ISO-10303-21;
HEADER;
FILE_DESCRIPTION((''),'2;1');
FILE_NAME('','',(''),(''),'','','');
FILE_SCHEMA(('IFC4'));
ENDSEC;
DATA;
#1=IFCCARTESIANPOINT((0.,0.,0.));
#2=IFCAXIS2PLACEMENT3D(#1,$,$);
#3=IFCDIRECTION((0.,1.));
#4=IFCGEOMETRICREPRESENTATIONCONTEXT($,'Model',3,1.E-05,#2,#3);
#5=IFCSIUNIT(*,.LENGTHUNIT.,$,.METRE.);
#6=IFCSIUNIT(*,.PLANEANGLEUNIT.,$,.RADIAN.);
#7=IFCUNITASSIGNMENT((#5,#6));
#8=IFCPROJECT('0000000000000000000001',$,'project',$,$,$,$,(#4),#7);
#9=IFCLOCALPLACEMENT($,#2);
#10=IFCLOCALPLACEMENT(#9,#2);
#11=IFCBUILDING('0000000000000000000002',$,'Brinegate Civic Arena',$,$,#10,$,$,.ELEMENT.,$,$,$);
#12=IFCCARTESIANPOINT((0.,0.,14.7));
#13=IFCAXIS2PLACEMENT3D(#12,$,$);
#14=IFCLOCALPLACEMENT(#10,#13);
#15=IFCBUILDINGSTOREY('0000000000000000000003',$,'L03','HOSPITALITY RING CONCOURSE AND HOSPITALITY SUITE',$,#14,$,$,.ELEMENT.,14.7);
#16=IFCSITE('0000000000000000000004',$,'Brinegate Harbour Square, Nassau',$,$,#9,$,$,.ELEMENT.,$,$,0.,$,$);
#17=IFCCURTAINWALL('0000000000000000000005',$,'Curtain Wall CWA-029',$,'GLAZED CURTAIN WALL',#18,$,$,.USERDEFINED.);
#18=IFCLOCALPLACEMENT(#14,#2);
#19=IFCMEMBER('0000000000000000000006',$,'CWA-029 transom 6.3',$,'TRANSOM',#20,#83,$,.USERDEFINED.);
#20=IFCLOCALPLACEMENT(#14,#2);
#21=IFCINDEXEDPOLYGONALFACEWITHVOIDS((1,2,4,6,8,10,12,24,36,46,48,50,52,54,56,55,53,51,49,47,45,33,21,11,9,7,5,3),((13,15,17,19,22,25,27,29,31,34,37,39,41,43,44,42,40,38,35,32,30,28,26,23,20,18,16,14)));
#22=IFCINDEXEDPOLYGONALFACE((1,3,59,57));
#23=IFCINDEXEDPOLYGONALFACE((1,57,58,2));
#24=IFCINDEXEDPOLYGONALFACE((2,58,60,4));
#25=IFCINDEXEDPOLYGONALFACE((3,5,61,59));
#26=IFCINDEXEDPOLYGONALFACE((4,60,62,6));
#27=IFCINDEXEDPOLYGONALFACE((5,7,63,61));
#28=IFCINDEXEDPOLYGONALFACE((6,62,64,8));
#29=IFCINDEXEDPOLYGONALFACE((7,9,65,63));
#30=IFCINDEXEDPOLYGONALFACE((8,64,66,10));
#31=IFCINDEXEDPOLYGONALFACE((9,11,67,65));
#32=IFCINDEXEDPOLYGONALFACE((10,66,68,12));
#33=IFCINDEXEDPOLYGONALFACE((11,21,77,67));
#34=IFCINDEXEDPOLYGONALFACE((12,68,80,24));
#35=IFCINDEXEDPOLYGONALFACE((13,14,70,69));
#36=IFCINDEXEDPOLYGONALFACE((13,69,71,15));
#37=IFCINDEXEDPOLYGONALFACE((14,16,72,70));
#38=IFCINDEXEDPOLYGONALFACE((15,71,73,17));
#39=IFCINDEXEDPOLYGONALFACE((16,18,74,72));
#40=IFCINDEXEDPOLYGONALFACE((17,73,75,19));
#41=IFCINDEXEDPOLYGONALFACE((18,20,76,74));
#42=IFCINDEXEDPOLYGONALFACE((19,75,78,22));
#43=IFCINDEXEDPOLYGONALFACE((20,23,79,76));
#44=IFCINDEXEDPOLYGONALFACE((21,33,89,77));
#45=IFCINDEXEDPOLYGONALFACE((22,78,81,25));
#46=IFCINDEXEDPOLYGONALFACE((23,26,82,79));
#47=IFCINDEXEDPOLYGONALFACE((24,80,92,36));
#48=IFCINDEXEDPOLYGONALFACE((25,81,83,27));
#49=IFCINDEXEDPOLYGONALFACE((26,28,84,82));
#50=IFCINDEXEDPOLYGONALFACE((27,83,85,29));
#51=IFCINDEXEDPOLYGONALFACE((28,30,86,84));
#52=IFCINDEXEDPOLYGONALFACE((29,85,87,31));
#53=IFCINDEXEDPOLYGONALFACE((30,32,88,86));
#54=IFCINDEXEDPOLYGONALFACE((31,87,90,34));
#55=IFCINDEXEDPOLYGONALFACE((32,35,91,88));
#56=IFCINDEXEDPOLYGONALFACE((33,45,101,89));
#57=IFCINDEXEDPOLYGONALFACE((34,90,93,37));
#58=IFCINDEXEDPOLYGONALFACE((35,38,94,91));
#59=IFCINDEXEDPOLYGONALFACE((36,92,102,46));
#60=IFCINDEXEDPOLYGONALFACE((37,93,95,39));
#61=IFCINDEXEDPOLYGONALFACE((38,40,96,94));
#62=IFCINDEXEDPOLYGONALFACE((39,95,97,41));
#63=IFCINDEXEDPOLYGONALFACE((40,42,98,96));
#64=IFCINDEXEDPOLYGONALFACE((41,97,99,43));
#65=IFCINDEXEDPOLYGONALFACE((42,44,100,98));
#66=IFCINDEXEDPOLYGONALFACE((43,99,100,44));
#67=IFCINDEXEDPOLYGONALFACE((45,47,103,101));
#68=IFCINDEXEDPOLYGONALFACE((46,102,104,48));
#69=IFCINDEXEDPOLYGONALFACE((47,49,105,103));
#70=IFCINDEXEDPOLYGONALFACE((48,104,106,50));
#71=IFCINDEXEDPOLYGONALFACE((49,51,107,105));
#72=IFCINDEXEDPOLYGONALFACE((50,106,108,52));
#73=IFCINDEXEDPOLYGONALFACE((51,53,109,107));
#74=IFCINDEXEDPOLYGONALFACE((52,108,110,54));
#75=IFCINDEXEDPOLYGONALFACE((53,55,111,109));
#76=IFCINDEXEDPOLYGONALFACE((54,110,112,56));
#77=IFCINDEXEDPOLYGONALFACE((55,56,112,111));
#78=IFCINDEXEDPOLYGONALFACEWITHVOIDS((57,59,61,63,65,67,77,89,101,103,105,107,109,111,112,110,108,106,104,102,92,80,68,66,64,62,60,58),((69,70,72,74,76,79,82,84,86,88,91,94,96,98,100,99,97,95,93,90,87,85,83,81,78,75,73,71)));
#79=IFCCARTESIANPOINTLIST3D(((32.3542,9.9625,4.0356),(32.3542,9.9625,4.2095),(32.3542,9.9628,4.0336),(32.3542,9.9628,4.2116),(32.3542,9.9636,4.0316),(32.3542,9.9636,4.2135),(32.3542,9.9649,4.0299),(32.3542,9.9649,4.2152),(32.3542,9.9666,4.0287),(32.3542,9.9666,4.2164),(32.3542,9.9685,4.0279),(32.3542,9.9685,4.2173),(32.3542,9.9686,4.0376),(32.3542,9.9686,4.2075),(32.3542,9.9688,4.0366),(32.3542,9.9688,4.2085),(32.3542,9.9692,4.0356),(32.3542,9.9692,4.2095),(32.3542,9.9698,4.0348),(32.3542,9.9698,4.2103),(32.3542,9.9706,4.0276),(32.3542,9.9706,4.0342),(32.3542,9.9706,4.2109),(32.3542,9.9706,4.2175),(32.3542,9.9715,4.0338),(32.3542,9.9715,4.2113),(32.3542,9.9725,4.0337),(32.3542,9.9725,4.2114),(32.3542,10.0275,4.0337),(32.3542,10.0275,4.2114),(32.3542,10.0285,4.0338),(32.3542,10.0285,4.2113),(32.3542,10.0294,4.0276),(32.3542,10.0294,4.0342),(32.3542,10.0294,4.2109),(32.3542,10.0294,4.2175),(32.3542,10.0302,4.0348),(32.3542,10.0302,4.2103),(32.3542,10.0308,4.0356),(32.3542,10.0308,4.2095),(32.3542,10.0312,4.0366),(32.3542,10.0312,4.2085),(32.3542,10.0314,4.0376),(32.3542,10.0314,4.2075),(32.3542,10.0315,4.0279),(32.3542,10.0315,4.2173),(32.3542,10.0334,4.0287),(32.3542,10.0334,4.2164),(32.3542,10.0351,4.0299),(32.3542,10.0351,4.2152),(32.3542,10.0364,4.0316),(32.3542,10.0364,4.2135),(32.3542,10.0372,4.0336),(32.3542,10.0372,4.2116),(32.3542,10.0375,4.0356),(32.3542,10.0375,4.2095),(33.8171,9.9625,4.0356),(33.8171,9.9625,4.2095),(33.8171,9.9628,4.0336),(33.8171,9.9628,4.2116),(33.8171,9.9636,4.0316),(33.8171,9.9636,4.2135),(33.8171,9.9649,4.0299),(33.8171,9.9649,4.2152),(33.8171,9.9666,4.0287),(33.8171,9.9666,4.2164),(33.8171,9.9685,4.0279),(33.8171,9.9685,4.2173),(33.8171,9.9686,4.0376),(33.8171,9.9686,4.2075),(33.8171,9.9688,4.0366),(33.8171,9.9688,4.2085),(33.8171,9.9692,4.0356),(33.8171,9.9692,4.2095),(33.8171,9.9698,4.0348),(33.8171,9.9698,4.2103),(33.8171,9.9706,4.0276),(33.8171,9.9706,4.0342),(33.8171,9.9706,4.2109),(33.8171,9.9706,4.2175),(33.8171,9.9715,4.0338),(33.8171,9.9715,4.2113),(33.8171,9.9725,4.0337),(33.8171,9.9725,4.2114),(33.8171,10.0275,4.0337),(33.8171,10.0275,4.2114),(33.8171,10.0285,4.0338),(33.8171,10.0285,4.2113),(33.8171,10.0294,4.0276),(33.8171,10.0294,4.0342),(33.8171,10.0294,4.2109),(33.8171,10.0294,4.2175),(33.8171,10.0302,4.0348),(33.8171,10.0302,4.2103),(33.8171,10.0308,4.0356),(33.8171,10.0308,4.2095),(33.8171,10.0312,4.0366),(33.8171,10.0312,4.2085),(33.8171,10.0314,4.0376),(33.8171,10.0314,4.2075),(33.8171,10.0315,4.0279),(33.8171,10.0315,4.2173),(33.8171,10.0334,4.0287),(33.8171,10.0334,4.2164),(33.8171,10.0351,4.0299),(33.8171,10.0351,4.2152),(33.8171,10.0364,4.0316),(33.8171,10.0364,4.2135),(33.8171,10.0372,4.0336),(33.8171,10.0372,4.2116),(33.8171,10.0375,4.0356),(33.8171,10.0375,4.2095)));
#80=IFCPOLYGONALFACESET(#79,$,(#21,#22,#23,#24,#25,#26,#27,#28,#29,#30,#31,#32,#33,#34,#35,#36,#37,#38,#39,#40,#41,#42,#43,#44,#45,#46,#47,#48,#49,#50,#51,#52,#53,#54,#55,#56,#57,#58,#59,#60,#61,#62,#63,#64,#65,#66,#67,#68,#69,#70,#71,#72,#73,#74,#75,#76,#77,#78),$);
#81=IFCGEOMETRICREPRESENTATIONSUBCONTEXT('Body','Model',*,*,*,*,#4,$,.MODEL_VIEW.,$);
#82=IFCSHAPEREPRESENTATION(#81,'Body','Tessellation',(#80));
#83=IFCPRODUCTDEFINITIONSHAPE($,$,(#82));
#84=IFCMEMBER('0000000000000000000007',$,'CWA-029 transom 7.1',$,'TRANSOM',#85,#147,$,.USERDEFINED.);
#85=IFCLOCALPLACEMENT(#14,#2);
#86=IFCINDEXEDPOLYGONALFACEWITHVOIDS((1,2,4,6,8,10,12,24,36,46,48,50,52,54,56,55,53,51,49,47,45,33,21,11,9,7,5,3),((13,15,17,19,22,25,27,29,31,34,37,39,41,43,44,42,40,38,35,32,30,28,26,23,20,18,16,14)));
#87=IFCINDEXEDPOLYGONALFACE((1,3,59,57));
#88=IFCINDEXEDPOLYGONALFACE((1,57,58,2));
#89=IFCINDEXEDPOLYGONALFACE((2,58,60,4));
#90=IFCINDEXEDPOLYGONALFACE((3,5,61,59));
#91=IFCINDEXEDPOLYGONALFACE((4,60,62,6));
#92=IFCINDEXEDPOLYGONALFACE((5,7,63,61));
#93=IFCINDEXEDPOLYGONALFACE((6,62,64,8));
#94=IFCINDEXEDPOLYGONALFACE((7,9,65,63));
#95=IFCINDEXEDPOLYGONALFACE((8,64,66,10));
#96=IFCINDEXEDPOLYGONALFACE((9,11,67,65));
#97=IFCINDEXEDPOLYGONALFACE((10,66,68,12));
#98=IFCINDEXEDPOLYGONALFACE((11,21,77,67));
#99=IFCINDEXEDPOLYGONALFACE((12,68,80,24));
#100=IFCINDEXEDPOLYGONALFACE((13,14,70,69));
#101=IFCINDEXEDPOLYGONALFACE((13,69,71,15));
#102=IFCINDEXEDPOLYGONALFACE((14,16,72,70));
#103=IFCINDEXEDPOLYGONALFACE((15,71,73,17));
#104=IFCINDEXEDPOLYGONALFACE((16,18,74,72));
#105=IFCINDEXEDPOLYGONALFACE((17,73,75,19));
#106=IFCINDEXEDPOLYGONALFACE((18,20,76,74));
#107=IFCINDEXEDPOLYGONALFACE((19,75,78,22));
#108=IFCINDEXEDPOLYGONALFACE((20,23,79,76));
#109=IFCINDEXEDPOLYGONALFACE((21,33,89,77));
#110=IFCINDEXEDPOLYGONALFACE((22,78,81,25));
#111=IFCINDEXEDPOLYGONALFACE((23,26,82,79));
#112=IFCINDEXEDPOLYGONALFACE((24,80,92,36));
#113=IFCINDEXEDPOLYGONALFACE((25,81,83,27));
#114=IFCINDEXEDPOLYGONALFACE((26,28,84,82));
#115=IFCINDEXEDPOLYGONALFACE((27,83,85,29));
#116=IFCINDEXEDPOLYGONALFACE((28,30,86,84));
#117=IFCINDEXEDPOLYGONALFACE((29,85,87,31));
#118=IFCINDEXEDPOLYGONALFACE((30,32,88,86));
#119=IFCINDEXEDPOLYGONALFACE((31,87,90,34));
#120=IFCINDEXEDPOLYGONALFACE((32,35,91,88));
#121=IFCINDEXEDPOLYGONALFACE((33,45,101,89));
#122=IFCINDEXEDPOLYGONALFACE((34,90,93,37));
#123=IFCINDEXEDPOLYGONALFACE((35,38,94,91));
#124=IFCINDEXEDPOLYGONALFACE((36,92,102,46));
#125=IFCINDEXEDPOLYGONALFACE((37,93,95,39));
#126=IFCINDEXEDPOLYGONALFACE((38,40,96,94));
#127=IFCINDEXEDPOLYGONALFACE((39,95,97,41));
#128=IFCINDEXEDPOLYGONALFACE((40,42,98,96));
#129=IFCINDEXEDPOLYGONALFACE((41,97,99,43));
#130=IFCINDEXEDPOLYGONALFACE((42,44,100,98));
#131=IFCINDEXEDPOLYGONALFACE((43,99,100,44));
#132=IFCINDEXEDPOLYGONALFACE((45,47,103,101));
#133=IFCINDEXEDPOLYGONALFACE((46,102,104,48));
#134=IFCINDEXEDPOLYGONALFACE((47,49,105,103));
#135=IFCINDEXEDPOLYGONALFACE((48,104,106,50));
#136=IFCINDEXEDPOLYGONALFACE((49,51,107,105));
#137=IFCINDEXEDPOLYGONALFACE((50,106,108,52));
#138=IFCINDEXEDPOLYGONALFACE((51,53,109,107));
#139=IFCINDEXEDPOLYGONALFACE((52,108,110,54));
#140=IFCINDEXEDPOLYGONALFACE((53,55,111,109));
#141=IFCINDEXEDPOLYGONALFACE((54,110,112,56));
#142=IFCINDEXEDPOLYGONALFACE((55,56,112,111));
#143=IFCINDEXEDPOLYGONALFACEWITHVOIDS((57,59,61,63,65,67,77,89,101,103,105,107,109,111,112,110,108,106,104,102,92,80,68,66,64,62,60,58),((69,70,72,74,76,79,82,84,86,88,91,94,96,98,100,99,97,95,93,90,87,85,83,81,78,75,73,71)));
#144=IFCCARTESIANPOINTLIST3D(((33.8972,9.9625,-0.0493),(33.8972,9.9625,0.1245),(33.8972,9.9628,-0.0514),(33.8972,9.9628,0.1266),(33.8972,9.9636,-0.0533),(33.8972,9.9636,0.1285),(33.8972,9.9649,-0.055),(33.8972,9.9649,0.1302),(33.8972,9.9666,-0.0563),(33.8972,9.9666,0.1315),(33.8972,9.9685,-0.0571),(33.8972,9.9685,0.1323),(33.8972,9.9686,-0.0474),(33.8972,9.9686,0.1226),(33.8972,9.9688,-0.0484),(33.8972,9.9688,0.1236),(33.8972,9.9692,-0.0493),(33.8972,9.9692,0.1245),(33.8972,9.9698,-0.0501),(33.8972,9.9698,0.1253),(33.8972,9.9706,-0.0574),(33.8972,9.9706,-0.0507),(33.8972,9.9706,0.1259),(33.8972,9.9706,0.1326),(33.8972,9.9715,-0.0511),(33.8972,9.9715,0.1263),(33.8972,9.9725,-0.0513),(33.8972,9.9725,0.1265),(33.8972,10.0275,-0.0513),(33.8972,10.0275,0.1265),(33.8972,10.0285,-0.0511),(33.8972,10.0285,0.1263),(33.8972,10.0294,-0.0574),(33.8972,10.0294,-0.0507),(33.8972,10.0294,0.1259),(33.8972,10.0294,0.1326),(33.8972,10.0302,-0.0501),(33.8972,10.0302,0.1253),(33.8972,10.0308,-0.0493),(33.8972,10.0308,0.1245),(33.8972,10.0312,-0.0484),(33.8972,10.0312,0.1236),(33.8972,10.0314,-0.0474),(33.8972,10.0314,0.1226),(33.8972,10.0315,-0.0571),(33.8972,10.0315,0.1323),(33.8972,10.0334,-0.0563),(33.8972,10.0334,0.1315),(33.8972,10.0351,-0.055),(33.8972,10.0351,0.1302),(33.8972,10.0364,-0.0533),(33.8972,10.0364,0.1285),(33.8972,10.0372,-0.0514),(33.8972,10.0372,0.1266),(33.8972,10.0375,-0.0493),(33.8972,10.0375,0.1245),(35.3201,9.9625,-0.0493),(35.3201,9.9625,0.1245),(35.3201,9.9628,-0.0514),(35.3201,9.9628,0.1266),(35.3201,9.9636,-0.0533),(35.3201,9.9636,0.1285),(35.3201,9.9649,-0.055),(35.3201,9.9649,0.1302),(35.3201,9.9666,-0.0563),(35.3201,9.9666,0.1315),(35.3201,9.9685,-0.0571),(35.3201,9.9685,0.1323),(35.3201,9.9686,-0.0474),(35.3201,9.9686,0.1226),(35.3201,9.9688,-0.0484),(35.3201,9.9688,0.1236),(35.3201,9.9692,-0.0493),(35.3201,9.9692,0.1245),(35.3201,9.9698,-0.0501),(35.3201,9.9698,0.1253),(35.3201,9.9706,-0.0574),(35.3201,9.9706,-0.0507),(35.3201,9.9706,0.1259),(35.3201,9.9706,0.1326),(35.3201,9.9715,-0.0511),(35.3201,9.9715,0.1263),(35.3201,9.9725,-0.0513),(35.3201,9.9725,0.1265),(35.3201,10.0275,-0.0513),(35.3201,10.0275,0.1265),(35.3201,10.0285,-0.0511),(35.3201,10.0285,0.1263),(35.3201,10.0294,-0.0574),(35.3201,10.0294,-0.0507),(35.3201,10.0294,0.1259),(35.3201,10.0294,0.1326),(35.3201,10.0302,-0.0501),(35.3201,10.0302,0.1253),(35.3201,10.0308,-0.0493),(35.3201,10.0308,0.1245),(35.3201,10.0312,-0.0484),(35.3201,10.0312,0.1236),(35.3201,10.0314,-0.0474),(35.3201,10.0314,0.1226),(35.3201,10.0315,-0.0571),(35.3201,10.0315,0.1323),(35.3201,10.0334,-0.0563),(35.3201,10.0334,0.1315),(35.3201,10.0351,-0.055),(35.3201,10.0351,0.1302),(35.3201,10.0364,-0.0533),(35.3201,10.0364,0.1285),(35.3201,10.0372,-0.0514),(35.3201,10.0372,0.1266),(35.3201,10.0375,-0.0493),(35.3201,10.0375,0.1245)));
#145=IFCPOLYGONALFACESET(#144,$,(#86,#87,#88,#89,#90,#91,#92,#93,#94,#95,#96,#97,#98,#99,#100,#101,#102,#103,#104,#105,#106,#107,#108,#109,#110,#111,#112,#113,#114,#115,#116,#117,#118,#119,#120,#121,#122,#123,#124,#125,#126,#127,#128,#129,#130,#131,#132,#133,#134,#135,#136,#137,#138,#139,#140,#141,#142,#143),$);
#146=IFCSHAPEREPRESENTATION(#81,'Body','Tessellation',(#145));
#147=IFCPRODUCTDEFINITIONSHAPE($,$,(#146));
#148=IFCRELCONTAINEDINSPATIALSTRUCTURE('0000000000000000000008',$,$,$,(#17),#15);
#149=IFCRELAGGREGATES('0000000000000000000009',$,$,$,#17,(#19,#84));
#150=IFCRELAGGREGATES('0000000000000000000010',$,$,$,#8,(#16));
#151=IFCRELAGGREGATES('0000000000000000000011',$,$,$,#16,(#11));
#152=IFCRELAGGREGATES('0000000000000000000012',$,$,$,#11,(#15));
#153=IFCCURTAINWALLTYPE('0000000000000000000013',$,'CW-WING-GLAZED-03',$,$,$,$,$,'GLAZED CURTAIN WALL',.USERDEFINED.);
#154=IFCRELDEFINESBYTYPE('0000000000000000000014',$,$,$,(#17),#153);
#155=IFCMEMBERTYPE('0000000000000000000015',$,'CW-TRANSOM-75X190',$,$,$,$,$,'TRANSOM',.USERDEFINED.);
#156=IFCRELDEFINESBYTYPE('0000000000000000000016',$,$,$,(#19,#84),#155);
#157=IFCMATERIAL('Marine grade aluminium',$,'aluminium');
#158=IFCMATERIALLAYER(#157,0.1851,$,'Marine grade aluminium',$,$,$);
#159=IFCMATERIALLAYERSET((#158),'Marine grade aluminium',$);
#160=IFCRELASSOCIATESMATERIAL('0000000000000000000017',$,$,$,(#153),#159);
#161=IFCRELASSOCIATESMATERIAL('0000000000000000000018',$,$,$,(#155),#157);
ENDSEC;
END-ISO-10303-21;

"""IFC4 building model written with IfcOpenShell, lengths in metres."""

from ifc_helpers import new_model, si_unit, direction, frame, origin, origin_2d, place, context, subcontext, project, spatial, hollow_rectangle, extrude, material, layer, layer_set, material_profile, profile_set, type_object, element, aggregate, save


model = new_model("IFC4")

# Units and contexts
model_context = context("Model", 3, precision=1e-05, world=origin(), true_north=direction((0.0, 1.0)))
body_context = subcontext(model_context, "Body", "Model", "MODEL_VIEW")
ifc_project = project(units=[si_unit("LENGTHUNIT", "METRE"), si_unit("PLANEANGLEUNIT", "RADIAN")], contexts=[model_context])

# Site, building, storey
site_placement = place(None, origin())
site = spatial("IfcSite", under=ifc_project, at=site_placement, Name="Brinegate Harbour Square, Nassau", CompositionType="ELEMENT", RefElevation=0.0)
building_placement = place(site_placement, origin())
building = spatial("IfcBuilding", under=site, at=building_placement, Name="Brinegate Civic Arena", CompositionType="ELEMENT")
storey_placement = place(building_placement, frame((0.0, 0.0, 14.7)))
storey = spatial("IfcBuildingStorey", under=building, at=storey_placement, Name="L03", Description="HOSPITALITY RING CONCOURSE AND HOSPITALITY SUITE", CompositionType="ELEMENT", Elevation=14.7)

# Curtain wall, members
ifc_material_1 = material(Name="Marine grade aluminium", Category="aluminium")
ifc_layer_1 = layer(ifc_material_1, 0.1851, Name="Marine grade aluminium")
ifc_layer_set_1 = layer_set([ifc_layer_1], Name="Marine grade aluminium")
curtain_wall_type = type_object("IfcCurtainWallType", Name="CW-WING-GLAZED-03", ElementType="GLAZED CURTAIN WALL", PredefinedType="USERDEFINED", material=ifc_layer_set_1)
curtain_wall_placement = place(storey_placement, origin())
curtain_wall = element("IfcCurtainWall", 1, at=curtain_wall_placement, inside=storey, type_object=curtain_wall_type, Name="Curtain Wall CWA-029", ObjectType="GLAZED CURTAIN WALL", PredefinedType="USERDEFINED")
ifc_material_profile_1 = material_profile(ifc_material_1, hollow_rectangle(XDim=0.075, YDim=0.1899, WallThickness=0.0061, InnerFilletRadius=0.0039, OuterFilletRadius=0.0081, at=origin_2d()), Name="TRN75X190")
ifc_profile_set_1 = profile_set([ifc_material_profile_1], Name="Marine grade aluminium")
member_type_1 = type_object("IfcMemberType", Name="CW-TRANSOM-75X190", ElementType="TRANSOM", PredefinedType="USERDEFINED", material=ifc_profile_set_1)
member_1_placement = place(storey_placement, frame((32.3542, 10.0, 4.1226), z_axis=(1.0, 0.0, 0.0), x_axis=(0.0, 1.0, 0.0)))
member_1 = element("IfcMember", 2, at=member_1_placement, type_object=member_type_1, Name="CWA-029 transom 6.3", ObjectType="TRANSOM", PredefinedType="USERDEFINED", context=body_context, shape_type="SweptSolid", body=[
    extrude(hollow_rectangle(XDim=0.075, YDim=0.1899, WallThickness=0.0061, InnerFilletRadius=0.0039, OuterFilletRadius=0.0081, at=origin_2d()), origin(), (0.0, 0.0, 1.0), 1.4629),
])
member_2_placement = place(storey_placement, frame((33.8972, 10.0, 0.0376), z_axis=(1.0, 0.0, 0.0), x_axis=(0.0, 1.0, 0.0)))
member_2 = element("IfcMember", 3, at=member_2_placement, type_object=member_type_1, Name="CWA-029 transom 7.1", ObjectType="TRANSOM", PredefinedType="USERDEFINED", context=body_context, shape_type="SweptSolid", body=[
    extrude(hollow_rectangle(XDim=0.075, YDim=0.1899, WallThickness=0.0061, InnerFilletRadius=0.0039, OuterFilletRadius=0.0081, at=origin_2d()), origin(), (0.0, 0.0, 1.0), 1.4229),
])
aggregate(curtain_wall, [member_1, member_2])

save(model, "model.ifc")
